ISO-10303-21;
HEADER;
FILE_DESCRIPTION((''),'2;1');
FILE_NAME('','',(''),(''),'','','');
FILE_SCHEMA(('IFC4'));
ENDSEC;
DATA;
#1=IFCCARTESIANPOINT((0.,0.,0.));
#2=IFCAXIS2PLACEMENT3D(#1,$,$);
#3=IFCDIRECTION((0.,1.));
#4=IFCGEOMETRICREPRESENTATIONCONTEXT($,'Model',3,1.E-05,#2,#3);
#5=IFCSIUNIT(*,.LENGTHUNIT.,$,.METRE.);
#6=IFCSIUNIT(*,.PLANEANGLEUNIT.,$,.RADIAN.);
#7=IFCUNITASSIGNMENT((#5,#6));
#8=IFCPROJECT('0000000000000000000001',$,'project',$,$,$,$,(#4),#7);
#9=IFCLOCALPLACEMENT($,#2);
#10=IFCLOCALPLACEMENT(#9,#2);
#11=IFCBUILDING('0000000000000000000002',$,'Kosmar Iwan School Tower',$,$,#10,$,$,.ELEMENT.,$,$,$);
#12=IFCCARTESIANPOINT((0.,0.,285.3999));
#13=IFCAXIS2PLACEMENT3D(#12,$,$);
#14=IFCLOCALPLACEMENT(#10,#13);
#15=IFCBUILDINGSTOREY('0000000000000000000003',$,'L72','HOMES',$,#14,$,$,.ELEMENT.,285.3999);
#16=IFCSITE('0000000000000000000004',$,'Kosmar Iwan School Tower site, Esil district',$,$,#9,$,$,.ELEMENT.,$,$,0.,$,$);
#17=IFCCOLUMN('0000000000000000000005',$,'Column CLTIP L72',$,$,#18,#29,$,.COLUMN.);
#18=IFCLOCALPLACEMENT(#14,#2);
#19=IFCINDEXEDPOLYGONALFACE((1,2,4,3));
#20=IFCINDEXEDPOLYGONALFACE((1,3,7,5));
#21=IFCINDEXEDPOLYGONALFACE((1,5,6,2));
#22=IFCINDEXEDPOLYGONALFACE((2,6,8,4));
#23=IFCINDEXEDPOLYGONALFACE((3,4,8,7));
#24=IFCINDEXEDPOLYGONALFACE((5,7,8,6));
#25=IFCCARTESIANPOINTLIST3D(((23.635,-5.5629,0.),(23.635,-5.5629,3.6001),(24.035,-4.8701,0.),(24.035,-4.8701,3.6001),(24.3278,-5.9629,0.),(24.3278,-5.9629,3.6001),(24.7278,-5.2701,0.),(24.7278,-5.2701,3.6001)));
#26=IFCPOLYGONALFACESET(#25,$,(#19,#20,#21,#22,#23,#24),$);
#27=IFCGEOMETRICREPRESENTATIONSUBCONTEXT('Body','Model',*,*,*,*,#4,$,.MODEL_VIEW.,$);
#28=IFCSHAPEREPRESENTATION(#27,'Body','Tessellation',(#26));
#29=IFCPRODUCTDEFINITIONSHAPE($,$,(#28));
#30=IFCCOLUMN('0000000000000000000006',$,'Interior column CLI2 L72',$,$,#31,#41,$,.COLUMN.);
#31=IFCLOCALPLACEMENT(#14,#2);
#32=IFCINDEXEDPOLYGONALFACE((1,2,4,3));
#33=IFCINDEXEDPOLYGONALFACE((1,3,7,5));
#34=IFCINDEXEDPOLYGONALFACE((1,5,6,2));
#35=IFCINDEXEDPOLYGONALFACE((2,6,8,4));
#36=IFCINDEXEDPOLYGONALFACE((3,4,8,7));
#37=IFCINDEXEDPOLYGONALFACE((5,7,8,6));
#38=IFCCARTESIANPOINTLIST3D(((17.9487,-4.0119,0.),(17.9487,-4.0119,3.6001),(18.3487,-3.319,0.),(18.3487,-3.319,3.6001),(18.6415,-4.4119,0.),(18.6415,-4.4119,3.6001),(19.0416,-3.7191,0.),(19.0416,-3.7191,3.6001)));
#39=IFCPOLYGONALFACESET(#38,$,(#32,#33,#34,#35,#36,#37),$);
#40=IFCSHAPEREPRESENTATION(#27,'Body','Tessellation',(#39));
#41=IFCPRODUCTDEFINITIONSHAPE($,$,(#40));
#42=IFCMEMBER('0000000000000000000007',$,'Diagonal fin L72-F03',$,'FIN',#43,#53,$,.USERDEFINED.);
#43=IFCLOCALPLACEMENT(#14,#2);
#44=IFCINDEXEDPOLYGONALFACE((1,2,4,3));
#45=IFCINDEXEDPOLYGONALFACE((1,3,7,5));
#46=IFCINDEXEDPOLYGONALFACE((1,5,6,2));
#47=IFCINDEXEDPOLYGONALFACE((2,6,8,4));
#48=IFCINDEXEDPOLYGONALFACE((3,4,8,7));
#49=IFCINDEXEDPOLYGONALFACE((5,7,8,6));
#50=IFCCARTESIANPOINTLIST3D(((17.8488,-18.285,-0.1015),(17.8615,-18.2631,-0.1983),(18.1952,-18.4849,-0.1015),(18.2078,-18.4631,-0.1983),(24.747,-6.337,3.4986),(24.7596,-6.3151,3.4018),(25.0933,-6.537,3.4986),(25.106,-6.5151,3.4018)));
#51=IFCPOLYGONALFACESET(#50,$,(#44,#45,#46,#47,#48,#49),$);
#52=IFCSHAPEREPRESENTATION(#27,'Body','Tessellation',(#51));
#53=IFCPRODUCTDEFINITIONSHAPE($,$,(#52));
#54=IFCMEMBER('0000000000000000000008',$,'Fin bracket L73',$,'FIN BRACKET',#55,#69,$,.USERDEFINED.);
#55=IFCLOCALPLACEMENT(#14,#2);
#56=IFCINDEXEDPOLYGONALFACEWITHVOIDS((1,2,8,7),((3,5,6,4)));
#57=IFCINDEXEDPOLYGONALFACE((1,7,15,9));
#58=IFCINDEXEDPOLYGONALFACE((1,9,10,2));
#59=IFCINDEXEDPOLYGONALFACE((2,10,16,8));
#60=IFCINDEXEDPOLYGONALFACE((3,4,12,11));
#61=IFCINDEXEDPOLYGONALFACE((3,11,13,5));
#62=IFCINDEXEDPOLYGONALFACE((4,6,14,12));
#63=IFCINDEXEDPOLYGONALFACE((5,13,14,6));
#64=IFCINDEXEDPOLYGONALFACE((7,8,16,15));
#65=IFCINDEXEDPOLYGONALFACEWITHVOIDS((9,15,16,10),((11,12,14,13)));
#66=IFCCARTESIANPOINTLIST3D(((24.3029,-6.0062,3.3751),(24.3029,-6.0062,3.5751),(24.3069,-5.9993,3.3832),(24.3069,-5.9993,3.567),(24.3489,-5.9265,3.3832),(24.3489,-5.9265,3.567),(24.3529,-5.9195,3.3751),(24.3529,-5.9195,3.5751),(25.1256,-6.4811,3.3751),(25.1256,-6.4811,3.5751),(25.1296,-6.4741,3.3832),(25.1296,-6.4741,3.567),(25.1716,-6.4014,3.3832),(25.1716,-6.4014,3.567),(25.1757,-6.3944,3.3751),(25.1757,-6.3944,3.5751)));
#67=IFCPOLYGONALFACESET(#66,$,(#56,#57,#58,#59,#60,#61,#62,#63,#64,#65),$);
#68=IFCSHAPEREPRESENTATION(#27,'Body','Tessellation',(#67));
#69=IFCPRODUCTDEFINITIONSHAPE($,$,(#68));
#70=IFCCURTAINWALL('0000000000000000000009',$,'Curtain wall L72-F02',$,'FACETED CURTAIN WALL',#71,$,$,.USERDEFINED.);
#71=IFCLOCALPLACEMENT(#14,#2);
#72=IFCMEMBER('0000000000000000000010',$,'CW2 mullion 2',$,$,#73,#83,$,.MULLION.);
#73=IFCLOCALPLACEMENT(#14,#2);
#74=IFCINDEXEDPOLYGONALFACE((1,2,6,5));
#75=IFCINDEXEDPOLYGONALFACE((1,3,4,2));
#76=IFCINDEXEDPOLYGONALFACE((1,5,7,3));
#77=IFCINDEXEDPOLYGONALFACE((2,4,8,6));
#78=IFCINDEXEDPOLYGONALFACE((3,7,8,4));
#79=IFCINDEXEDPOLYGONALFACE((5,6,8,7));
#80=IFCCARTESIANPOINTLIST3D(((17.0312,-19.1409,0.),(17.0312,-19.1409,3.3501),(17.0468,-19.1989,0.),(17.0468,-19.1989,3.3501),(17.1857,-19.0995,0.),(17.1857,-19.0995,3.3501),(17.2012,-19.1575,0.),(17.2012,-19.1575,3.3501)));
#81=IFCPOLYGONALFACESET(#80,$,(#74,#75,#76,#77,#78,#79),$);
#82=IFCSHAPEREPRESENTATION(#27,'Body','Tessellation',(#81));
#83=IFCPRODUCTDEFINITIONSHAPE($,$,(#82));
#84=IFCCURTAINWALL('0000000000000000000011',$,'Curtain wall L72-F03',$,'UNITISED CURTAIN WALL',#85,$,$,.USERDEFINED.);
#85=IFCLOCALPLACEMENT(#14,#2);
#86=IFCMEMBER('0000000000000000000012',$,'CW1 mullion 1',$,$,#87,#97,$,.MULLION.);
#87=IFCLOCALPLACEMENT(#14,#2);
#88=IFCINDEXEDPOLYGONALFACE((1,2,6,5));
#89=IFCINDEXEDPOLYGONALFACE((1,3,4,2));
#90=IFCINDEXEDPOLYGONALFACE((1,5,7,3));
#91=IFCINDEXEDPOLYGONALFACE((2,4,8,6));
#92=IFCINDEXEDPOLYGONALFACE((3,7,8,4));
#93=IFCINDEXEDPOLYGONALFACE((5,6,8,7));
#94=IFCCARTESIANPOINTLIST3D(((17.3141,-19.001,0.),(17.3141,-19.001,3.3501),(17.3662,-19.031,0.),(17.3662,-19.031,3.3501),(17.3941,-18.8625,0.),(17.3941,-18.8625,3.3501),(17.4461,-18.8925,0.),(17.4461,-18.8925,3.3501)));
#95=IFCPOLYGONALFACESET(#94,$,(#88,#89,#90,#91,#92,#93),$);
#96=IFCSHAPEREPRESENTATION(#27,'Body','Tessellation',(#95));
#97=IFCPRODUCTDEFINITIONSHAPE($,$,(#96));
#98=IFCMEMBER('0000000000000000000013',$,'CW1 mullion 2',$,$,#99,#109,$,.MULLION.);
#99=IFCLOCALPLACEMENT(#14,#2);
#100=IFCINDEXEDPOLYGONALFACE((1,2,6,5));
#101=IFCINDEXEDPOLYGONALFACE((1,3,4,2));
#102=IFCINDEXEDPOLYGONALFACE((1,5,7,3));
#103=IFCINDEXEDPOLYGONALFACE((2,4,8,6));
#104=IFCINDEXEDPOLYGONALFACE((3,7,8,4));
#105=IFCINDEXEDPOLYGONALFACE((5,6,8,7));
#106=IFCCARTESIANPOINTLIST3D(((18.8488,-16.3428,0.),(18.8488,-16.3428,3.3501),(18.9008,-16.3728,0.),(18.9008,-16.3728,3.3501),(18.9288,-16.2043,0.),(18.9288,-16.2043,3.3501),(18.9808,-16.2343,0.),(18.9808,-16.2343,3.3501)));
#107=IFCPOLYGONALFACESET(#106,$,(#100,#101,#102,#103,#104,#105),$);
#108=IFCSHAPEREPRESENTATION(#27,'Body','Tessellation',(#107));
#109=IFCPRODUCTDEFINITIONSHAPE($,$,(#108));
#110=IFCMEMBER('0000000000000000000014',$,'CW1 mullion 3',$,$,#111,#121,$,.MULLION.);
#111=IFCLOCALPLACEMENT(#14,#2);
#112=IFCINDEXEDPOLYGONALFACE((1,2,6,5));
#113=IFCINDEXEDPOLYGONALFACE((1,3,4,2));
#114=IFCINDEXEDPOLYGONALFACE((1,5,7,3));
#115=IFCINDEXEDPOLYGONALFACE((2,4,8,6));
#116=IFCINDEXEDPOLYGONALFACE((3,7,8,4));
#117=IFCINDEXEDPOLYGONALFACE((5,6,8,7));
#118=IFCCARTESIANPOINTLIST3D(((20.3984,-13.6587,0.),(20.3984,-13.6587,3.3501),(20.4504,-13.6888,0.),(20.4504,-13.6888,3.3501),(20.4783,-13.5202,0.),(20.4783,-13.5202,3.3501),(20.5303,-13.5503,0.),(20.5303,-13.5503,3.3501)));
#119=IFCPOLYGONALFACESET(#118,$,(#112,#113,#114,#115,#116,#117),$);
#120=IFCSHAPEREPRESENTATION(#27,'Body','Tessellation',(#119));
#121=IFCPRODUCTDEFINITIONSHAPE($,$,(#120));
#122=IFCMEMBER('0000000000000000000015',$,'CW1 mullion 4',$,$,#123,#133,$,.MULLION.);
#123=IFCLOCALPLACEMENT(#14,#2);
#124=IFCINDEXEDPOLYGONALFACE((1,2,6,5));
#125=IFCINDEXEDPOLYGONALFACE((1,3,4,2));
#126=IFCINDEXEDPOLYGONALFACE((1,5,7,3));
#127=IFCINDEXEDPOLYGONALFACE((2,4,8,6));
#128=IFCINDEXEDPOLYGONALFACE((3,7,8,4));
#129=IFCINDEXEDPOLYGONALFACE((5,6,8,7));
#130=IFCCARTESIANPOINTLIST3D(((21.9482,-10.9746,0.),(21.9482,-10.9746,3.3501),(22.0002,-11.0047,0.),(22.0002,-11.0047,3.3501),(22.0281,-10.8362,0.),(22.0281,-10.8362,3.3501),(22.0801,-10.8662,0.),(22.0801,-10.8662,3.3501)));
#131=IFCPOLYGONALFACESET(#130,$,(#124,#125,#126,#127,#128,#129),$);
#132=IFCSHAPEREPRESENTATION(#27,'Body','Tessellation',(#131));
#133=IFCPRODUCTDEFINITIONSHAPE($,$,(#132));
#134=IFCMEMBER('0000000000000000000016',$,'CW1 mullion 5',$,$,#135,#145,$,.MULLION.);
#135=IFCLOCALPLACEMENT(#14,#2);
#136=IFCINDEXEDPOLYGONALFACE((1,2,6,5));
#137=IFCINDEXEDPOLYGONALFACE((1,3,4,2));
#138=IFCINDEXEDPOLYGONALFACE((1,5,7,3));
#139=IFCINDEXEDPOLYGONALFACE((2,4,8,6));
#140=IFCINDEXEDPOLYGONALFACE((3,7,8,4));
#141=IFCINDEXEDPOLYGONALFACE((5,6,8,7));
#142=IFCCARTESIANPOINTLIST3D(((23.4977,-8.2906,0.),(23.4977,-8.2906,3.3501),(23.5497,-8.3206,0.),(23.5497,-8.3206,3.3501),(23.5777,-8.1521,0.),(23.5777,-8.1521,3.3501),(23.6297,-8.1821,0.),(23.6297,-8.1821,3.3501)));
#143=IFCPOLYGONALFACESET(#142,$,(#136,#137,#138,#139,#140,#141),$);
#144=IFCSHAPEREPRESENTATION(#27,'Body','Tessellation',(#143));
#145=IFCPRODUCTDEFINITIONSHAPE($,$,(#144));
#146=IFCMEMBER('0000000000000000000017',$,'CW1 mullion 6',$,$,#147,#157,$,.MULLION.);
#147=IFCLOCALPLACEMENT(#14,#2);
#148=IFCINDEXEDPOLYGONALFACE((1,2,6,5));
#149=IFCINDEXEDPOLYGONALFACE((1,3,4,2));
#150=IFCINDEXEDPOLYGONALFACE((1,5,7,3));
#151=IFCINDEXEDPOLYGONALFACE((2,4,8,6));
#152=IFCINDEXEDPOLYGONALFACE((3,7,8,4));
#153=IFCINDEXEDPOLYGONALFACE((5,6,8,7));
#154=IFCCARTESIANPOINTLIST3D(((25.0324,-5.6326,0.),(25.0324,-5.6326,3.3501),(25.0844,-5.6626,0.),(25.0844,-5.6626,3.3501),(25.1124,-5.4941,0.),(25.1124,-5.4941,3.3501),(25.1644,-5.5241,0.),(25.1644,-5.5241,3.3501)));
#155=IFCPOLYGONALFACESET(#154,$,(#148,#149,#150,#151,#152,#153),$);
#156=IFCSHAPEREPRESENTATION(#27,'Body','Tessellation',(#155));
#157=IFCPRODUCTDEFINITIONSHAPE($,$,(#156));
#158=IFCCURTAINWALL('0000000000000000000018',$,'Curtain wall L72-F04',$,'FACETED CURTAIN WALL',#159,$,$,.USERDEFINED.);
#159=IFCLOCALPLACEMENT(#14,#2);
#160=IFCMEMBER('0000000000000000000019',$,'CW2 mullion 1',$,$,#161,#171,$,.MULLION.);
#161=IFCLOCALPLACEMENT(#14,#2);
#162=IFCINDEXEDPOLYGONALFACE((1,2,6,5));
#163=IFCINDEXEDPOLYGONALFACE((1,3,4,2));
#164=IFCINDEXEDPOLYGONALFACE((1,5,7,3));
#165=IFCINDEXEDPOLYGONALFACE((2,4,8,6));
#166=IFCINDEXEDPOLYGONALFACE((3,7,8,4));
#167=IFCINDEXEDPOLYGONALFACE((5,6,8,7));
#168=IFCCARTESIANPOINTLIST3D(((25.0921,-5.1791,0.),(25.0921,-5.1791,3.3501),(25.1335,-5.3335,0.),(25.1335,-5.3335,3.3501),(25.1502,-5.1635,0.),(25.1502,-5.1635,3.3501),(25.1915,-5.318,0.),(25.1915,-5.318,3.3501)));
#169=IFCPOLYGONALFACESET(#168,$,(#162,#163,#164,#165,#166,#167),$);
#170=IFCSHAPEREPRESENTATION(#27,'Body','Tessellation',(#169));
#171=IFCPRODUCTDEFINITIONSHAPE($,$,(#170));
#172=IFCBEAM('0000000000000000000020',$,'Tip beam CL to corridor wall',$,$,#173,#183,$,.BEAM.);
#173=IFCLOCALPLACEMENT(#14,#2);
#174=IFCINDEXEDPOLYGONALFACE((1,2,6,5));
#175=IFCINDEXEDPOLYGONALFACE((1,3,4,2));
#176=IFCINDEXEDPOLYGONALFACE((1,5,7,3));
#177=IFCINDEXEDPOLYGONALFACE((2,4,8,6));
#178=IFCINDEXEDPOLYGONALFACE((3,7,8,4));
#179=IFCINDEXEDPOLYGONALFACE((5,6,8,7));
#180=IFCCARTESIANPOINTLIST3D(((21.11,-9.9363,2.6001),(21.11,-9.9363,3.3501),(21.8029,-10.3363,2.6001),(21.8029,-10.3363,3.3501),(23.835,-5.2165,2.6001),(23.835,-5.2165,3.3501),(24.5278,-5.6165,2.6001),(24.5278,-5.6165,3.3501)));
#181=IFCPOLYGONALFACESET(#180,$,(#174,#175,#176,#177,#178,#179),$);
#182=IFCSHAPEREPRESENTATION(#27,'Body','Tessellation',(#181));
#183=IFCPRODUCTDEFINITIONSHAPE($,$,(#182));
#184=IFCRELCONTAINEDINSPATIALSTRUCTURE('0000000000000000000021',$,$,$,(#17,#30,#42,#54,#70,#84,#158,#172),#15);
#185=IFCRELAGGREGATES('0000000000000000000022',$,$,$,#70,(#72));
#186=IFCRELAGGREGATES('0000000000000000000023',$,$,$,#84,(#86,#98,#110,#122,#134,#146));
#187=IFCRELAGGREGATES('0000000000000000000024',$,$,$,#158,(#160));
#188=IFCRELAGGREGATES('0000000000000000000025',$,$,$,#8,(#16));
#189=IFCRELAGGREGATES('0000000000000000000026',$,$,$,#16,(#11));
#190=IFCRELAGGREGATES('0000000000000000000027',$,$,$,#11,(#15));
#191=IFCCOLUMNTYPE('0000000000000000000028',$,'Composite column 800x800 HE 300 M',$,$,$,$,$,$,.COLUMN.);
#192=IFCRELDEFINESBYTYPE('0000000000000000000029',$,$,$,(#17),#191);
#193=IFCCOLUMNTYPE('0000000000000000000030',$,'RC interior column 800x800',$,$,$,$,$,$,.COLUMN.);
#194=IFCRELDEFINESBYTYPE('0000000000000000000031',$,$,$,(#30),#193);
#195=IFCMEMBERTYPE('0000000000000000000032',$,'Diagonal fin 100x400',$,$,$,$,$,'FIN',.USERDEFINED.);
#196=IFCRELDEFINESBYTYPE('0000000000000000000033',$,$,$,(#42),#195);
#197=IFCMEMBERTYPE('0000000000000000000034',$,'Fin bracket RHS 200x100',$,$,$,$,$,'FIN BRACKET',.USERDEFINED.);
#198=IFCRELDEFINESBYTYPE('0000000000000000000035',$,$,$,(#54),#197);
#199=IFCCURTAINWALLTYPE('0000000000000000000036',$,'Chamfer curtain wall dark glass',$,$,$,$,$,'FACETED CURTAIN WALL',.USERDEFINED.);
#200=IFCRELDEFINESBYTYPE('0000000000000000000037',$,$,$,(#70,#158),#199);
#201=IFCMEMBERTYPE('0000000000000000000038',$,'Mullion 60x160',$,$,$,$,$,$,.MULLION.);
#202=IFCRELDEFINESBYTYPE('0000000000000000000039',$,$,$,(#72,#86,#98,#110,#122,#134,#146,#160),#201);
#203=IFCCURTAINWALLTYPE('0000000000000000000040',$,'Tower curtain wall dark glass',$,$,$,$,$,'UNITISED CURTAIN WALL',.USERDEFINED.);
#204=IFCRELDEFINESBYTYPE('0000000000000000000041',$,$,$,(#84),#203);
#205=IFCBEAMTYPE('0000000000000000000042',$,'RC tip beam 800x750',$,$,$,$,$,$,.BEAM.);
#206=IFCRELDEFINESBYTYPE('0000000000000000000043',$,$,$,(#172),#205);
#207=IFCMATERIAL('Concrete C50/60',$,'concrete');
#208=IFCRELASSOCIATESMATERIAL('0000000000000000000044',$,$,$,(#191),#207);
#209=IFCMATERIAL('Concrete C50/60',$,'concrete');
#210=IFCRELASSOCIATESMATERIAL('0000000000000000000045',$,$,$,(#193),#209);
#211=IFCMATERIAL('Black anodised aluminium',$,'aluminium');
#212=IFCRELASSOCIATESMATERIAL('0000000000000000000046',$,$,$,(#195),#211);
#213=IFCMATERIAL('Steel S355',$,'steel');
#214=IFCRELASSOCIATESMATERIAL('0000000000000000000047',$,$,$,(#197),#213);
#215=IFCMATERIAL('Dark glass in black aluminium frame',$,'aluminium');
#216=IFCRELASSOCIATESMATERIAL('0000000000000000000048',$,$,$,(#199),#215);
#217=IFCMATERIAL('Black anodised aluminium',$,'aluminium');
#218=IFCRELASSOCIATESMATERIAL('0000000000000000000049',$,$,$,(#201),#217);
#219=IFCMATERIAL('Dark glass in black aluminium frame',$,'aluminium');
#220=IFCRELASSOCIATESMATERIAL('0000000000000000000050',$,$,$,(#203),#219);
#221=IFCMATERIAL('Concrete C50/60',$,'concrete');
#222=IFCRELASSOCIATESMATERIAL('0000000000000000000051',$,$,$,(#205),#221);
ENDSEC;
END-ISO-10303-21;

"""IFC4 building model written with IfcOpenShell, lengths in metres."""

from ifc_helpers import new_model, si_unit, direction, frame, origin, origin_2d, place, context, subcontext, project, spatial, rectangle, hollow_rectangle, extrude, material, material_profile, profile_set, type_object, element, aggregate, save


model = new_model("IFC4")

# Units and contexts
model_context = context("Model", 3, precision=1e-05, world=origin(), true_north=direction((0.0, 1.0)))
body_context = subcontext(model_context, "Body", "Model", "MODEL_VIEW")
ifc_project = project(units=[si_unit("LENGTHUNIT", "METRE"), si_unit("PLANEANGLEUNIT", "RADIAN")], contexts=[model_context])

# Site, building, storey
site_placement = place(None, origin())
site = spatial("IfcSite", under=ifc_project, at=site_placement, Name="Kosmar Iwan School Tower site, Esil district", CompositionType="ELEMENT", RefElevation=0.0)
building_placement = place(site_placement, origin())
building = spatial("IfcBuilding", under=site, at=building_placement, Name="Kosmar Iwan School Tower", CompositionType="ELEMENT")
storey_placement = place(building_placement, frame((0.0, 0.0, 285.3999)))
storey = spatial("IfcBuildingStorey", under=building, at=storey_placement, Name="L72", Description="HOMES", CompositionType="ELEMENT", Elevation=285.3999)

# Columns
ifc_material_1 = material(Name="Concrete C50/60", Category="concrete")
ifc_material_profile_1 = material_profile(ifc_material_1, rectangle(XDim=0.8, YDim=0.8, at=origin_2d()), Name="RC 800x800 + HE 300 M")
ifc_profile_set_1 = profile_set([ifc_material_profile_1], Name="Concrete C50/60")
column_type_1 = type_object("IfcColumnType", Name="Composite column 800x800 HE 300 M", PredefinedType="COLUMN", material=ifc_profile_set_1)
column_1_placement = place(storey_placement, frame((24.1814, -5.4165, 0.0), z_axis=(0.0, 0.0, 1.0), x_axis=(0.866025, -0.5, 0.0)))
element("IfcColumn", 1, at=column_1_placement, inside=storey, type_object=column_type_1, Name="Column CLTIP L72", PredefinedType="COLUMN", context=body_context, shape_type="SweptSolid", body=[
    extrude(rectangle(XDim=0.8, YDim=0.8, at=origin_2d()), origin(), (0.0, 0.0, 1.0), 3.6001),
])
ifc_material_2 = material(Name="Concrete C50/60", Category="concrete")
ifc_material_profile_2 = material_profile(ifc_material_2, rectangle(XDim=0.8, YDim=0.8, at=origin_2d()), Name="RC 800x800")
ifc_profile_set_2 = profile_set([ifc_material_profile_2], Name="Concrete C50/60")
column_type_2 = type_object("IfcColumnType", Name="RC interior column 800x800", PredefinedType="COLUMN", material=ifc_profile_set_2)
column_2_placement = place(storey_placement, frame((18.4951, -3.8655, 0.0), z_axis=(0.0, 0.0, 1.0), x_axis=(0.866025, -0.5, 0.0)))
element("IfcColumn", 2, at=column_2_placement, inside=storey, type_object=column_type_2, Name="Interior column CLI2 L72", PredefinedType="COLUMN", context=body_context, shape_type="SweptSolid", body=[
    extrude(rectangle(XDim=0.8, YDim=0.8, at=origin_2d()), origin(), (0.0, 0.0, 1.0), 3.6001),
])

# Members
ifc_material_3 = material(Name="Black anodised aluminium", Category="aluminium")
ifc_material_profile_3 = material_profile(ifc_material_3, rectangle(XDim=0.1001, YDim=0.3999, at=origin_2d()), Name="FIN 100x400")
ifc_profile_set_3 = profile_set([ifc_material_profile_3], Name="Black anodised aluminium")
member_type_1 = type_object("IfcMemberType", Name="Diagonal fin 100x400", ElementType="FIN", PredefinedType="USERDEFINED", material=ifc_profile_set_3)
member_1_placement = place(storey_placement, frame((18.0283, -18.374, -0.1499), z_axis=(0.4838, 0.837965, 0.252491), x_axis=(-0.126245, -0.218663, 0.967599)))
element("IfcMember", 3, at=member_1_placement, inside=storey, type_object=member_type_1, Name="Diagonal fin L72-F03", ObjectType="FIN", PredefinedType="USERDEFINED", context=body_context, shape_type="SweptSolid", body=[
    extrude(rectangle(XDim=0.1001, YDim=0.3999, at=origin_2d()), origin(), (0.0, 0.0, 1.0), 14.2583),
])
ifc_material_4 = material(Name="Steel S355", Category="steel")
ifc_material_profile_4 = material_profile(ifc_material_4, hollow_rectangle(XDim=0.1001, YDim=0.2, WallThickness=0.0081, at=origin_2d()), Name="RHS 200x100x8")
ifc_profile_set_4 = profile_set([ifc_material_profile_4], Name="Steel S355")
member_type_2 = type_object("IfcMemberType", Name="Fin bracket RHS 200x100", ElementType="FIN BRACKET", PredefinedType="USERDEFINED", material=ifc_profile_set_4)
member_2_placement = place(storey_placement, frame((24.3279, -5.9629, 3.4751), z_axis=(0.8661, -0.499871, 0.0), x_axis=(0.499871, 0.8661, 0.0)))
element("IfcMember", 4, at=member_2_placement, inside=storey, type_object=member_type_2, Name="Fin bracket L73", ObjectType="FIN BRACKET", PredefinedType="USERDEFINED", context=body_context, shape_type="SweptSolid", body=[
    extrude(hollow_rectangle(XDim=0.1001, YDim=0.2, WallThickness=0.0081, at=origin_2d()), origin(), (0.0, 0.0, 1.0), 0.95),
])

# Curtain wall, member
ifc_material_5 = material(Name="Dark glass in black aluminium frame", Category="aluminium")
curtain_wall_type_1 = type_object("IfcCurtainWallType", Name="Chamfer curtain wall dark glass", ElementType="FACETED CURTAIN WALL", PredefinedType="USERDEFINED", material=ifc_material_5)
curtain_wall_1_placement = place(storey_placement, origin())
curtain_wall_1 = element("IfcCurtainWall", 5, at=curtain_wall_1_placement, inside=storey, type_object=curtain_wall_type_1, Name="Curtain wall L72-F02", ObjectType="FACETED CURTAIN WALL", PredefinedType="USERDEFINED")
ifc_material_6 = material(Name="Black anodised aluminium", Category="aluminium")
ifc_material_profile_5 = material_profile(ifc_material_6, rectangle(XDim=0.0601, YDim=0.1599, at=origin_2d()), Name="MULLION 60x160")
ifc_profile_set_5 = profile_set([ifc_material_profile_5], Name="Black anodised aluminium")
member_type_3 = type_object("IfcMemberType", Name="Mullion 60x160", PredefinedType="MULLION", material=ifc_profile_set_5)
member_3_placement = place(storey_placement, frame((17.1162, -19.1492, 0.0), z_axis=(0.0, 0.0, 1.0), x_axis=(-0.258819, 0.965926, 0.0)))
member_3 = element("IfcMember", 6, at=member_3_placement, type_object=member_type_3, Name="CW2 mullion 2", PredefinedType="MULLION", context=body_context, shape_type="SweptSolid", body=[
    extrude(rectangle(XDim=0.0601, YDim=0.1599, at=origin_2d()), origin(), (0.0, 0.0, 1.0), 3.3501),
])
aggregate(curtain_wall_1, [member_3])

# Curtain wall, members
ifc_material_7 = material(Name="Dark glass in black aluminium frame", Category="aluminium")
curtain_wall_type_2 = type_object("IfcCurtainWallType", Name="Tower curtain wall dark glass", ElementType="UNITISED CURTAIN WALL", PredefinedType="USERDEFINED", material=ifc_material_7)
curtain_wall_2_placement = place(storey_placement, origin())
curtain_wall_2 = element("IfcCurtainWall", 7, at=curtain_wall_2_placement, inside=storey, type_object=curtain_wall_type_2, Name="Curtain wall L72-F03", ObjectType="UNITISED CURTAIN WALL", PredefinedType="USERDEFINED")
member_4_placement = place(storey_placement, frame((17.3801, -18.9468, 0.0), z_axis=(0.0, 0.0, 1.0), x_axis=(-0.866025, 0.5, 0.0)))
member_4 = element("IfcMember", 8, at=member_4_placement, type_object=member_type_3, Name="CW1 mullion 1", PredefinedType="MULLION", context=body_context, shape_type="SweptSolid", body=[
    extrude(rectangle(XDim=0.0601, YDim=0.1599, at=origin_2d()), origin(), (0.0, 0.0, 1.0), 3.3501),
])
member_5_placement = place(storey_placement, frame((18.9148, -16.2886, 0.0), z_axis=(0.0, 0.0, 1.0), x_axis=(-0.866025, 0.5, 0.0)))
member_5 = element("IfcMember", 9, at=member_5_placement, type_object=member_type_3, Name="CW1 mullion 2", PredefinedType="MULLION", context=body_context, shape_type="SweptSolid", body=[
    extrude(rectangle(XDim=0.0601, YDim=0.1599, at=origin_2d()), origin(), (0.0, 0.0, 1.0), 3.3501),
])
member_6_placement = place(storey_placement, frame((20.4644, -13.6045, 0.0), z_axis=(0.0, 0.0, 1.0), x_axis=(-0.866025, 0.5, 0.0)))
member_6 = element("IfcMember", 10, at=member_6_placement, type_object=member_type_3, Name="CW1 mullion 3", PredefinedType="MULLION", context=body_context, shape_type="SweptSolid", body=[
    extrude(rectangle(XDim=0.0601, YDim=0.1599, at=origin_2d()), origin(), (0.0, 0.0, 1.0), 3.3501),
])
member_7_placement = place(storey_placement, frame((22.0142, -10.9204, 0.0), z_axis=(0.0, 0.0, 1.0), x_axis=(-0.866025, 0.5, 0.0)))
member_7 = element("IfcMember", 11, at=member_7_placement, type_object=member_type_3, Name="CW1 mullion 4", PredefinedType="MULLION", context=body_context, shape_type="SweptSolid", body=[
    extrude(rectangle(XDim=0.0601, YDim=0.1599, at=origin_2d()), origin(), (0.0, 0.0, 1.0), 3.3501),
])
member_8_placement = place(storey_placement, frame((23.5637, -8.2363, 0.0), z_axis=(0.0, 0.0, 1.0), x_axis=(-0.866025, 0.5, 0.0)))
member_8 = element("IfcMember", 12, at=member_8_placement, type_object=member_type_3, Name="CW1 mullion 5", PredefinedType="MULLION", context=body_context, shape_type="SweptSolid", body=[
    extrude(rectangle(XDim=0.0601, YDim=0.1599, at=origin_2d()), origin(), (0.0, 0.0, 1.0), 3.3501),
])
member_9_placement = place(storey_placement, frame((25.0984, -5.5784, 0.0), z_axis=(0.0, 0.0, 1.0), x_axis=(-0.866025, 0.5, 0.0)))
member_9 = element("IfcMember", 13, at=member_9_placement, type_object=member_type_3, Name="CW1 mullion 6", PredefinedType="MULLION", context=body_context, shape_type="SweptSolid", body=[
    extrude(rectangle(XDim=0.0601, YDim=0.1599, at=origin_2d()), origin(), (0.0, 0.0, 1.0), 3.3501),
])

# Curtain wall, member
curtain_wall_3_placement = place(storey_placement, origin())
curtain_wall_3 = element("IfcCurtainWall", 14, at=curtain_wall_3_placement, inside=storey, type_object=curtain_wall_type_1, Name="Curtain wall L72-F04", ObjectType="FACETED CURTAIN WALL", PredefinedType="USERDEFINED")
member_10_placement = place(storey_placement, frame((25.1418, -5.2485, 0.0), z_axis=(0.0, 0.0, 1.0), x_axis=(-0.965926, -0.258819, 0.0)))
member_10 = element("IfcMember", 15, at=member_10_placement, type_object=member_type_3, Name="CW2 mullion 1", PredefinedType="MULLION", context=body_context, shape_type="SweptSolid", body=[
    extrude(rectangle(XDim=0.0601, YDim=0.1599, at=origin_2d()), origin(), (0.0, 0.0, 1.0), 3.3501),
])

# Beam
ifc_material_8 = material(Name="Concrete C50/60", Category="concrete")
ifc_material_profile_6 = material_profile(ifc_material_8, rectangle(XDim=0.8, YDim=0.75, at=origin_2d()), Name="RC 800x750")
ifc_profile_set_6 = profile_set([ifc_material_profile_6], Name="Concrete C50/60")
beam_type = type_object("IfcBeamType", Name="RC tip beam 800x750", PredefinedType="BEAM", material=ifc_profile_set_6)
beam_1_placement = place(storey_placement, frame((24.1814, -5.4165, 2.9751), z_axis=(-0.499989, -0.866032, 0.0), x_axis=(0.866032, -0.499989, 0.0)))
element("IfcBeam", 16, at=beam_1_placement, inside=storey, type_object=beam_type, Name="Tip beam CL to corridor wall", PredefinedType="BEAM", context=body_context, shape_type="SweptSolid", body=[
    extrude(rectangle(XDim=0.8, YDim=0.75, at=origin_2d()), origin(), (0.0, 0.0, 1.0), 5.45),
])

aggregate(curtain_wall_2, [member_4, member_5, member_6, member_7, member_8, member_9])
aggregate(curtain_wall_3, [member_10])

save(model, "model.ifc")
